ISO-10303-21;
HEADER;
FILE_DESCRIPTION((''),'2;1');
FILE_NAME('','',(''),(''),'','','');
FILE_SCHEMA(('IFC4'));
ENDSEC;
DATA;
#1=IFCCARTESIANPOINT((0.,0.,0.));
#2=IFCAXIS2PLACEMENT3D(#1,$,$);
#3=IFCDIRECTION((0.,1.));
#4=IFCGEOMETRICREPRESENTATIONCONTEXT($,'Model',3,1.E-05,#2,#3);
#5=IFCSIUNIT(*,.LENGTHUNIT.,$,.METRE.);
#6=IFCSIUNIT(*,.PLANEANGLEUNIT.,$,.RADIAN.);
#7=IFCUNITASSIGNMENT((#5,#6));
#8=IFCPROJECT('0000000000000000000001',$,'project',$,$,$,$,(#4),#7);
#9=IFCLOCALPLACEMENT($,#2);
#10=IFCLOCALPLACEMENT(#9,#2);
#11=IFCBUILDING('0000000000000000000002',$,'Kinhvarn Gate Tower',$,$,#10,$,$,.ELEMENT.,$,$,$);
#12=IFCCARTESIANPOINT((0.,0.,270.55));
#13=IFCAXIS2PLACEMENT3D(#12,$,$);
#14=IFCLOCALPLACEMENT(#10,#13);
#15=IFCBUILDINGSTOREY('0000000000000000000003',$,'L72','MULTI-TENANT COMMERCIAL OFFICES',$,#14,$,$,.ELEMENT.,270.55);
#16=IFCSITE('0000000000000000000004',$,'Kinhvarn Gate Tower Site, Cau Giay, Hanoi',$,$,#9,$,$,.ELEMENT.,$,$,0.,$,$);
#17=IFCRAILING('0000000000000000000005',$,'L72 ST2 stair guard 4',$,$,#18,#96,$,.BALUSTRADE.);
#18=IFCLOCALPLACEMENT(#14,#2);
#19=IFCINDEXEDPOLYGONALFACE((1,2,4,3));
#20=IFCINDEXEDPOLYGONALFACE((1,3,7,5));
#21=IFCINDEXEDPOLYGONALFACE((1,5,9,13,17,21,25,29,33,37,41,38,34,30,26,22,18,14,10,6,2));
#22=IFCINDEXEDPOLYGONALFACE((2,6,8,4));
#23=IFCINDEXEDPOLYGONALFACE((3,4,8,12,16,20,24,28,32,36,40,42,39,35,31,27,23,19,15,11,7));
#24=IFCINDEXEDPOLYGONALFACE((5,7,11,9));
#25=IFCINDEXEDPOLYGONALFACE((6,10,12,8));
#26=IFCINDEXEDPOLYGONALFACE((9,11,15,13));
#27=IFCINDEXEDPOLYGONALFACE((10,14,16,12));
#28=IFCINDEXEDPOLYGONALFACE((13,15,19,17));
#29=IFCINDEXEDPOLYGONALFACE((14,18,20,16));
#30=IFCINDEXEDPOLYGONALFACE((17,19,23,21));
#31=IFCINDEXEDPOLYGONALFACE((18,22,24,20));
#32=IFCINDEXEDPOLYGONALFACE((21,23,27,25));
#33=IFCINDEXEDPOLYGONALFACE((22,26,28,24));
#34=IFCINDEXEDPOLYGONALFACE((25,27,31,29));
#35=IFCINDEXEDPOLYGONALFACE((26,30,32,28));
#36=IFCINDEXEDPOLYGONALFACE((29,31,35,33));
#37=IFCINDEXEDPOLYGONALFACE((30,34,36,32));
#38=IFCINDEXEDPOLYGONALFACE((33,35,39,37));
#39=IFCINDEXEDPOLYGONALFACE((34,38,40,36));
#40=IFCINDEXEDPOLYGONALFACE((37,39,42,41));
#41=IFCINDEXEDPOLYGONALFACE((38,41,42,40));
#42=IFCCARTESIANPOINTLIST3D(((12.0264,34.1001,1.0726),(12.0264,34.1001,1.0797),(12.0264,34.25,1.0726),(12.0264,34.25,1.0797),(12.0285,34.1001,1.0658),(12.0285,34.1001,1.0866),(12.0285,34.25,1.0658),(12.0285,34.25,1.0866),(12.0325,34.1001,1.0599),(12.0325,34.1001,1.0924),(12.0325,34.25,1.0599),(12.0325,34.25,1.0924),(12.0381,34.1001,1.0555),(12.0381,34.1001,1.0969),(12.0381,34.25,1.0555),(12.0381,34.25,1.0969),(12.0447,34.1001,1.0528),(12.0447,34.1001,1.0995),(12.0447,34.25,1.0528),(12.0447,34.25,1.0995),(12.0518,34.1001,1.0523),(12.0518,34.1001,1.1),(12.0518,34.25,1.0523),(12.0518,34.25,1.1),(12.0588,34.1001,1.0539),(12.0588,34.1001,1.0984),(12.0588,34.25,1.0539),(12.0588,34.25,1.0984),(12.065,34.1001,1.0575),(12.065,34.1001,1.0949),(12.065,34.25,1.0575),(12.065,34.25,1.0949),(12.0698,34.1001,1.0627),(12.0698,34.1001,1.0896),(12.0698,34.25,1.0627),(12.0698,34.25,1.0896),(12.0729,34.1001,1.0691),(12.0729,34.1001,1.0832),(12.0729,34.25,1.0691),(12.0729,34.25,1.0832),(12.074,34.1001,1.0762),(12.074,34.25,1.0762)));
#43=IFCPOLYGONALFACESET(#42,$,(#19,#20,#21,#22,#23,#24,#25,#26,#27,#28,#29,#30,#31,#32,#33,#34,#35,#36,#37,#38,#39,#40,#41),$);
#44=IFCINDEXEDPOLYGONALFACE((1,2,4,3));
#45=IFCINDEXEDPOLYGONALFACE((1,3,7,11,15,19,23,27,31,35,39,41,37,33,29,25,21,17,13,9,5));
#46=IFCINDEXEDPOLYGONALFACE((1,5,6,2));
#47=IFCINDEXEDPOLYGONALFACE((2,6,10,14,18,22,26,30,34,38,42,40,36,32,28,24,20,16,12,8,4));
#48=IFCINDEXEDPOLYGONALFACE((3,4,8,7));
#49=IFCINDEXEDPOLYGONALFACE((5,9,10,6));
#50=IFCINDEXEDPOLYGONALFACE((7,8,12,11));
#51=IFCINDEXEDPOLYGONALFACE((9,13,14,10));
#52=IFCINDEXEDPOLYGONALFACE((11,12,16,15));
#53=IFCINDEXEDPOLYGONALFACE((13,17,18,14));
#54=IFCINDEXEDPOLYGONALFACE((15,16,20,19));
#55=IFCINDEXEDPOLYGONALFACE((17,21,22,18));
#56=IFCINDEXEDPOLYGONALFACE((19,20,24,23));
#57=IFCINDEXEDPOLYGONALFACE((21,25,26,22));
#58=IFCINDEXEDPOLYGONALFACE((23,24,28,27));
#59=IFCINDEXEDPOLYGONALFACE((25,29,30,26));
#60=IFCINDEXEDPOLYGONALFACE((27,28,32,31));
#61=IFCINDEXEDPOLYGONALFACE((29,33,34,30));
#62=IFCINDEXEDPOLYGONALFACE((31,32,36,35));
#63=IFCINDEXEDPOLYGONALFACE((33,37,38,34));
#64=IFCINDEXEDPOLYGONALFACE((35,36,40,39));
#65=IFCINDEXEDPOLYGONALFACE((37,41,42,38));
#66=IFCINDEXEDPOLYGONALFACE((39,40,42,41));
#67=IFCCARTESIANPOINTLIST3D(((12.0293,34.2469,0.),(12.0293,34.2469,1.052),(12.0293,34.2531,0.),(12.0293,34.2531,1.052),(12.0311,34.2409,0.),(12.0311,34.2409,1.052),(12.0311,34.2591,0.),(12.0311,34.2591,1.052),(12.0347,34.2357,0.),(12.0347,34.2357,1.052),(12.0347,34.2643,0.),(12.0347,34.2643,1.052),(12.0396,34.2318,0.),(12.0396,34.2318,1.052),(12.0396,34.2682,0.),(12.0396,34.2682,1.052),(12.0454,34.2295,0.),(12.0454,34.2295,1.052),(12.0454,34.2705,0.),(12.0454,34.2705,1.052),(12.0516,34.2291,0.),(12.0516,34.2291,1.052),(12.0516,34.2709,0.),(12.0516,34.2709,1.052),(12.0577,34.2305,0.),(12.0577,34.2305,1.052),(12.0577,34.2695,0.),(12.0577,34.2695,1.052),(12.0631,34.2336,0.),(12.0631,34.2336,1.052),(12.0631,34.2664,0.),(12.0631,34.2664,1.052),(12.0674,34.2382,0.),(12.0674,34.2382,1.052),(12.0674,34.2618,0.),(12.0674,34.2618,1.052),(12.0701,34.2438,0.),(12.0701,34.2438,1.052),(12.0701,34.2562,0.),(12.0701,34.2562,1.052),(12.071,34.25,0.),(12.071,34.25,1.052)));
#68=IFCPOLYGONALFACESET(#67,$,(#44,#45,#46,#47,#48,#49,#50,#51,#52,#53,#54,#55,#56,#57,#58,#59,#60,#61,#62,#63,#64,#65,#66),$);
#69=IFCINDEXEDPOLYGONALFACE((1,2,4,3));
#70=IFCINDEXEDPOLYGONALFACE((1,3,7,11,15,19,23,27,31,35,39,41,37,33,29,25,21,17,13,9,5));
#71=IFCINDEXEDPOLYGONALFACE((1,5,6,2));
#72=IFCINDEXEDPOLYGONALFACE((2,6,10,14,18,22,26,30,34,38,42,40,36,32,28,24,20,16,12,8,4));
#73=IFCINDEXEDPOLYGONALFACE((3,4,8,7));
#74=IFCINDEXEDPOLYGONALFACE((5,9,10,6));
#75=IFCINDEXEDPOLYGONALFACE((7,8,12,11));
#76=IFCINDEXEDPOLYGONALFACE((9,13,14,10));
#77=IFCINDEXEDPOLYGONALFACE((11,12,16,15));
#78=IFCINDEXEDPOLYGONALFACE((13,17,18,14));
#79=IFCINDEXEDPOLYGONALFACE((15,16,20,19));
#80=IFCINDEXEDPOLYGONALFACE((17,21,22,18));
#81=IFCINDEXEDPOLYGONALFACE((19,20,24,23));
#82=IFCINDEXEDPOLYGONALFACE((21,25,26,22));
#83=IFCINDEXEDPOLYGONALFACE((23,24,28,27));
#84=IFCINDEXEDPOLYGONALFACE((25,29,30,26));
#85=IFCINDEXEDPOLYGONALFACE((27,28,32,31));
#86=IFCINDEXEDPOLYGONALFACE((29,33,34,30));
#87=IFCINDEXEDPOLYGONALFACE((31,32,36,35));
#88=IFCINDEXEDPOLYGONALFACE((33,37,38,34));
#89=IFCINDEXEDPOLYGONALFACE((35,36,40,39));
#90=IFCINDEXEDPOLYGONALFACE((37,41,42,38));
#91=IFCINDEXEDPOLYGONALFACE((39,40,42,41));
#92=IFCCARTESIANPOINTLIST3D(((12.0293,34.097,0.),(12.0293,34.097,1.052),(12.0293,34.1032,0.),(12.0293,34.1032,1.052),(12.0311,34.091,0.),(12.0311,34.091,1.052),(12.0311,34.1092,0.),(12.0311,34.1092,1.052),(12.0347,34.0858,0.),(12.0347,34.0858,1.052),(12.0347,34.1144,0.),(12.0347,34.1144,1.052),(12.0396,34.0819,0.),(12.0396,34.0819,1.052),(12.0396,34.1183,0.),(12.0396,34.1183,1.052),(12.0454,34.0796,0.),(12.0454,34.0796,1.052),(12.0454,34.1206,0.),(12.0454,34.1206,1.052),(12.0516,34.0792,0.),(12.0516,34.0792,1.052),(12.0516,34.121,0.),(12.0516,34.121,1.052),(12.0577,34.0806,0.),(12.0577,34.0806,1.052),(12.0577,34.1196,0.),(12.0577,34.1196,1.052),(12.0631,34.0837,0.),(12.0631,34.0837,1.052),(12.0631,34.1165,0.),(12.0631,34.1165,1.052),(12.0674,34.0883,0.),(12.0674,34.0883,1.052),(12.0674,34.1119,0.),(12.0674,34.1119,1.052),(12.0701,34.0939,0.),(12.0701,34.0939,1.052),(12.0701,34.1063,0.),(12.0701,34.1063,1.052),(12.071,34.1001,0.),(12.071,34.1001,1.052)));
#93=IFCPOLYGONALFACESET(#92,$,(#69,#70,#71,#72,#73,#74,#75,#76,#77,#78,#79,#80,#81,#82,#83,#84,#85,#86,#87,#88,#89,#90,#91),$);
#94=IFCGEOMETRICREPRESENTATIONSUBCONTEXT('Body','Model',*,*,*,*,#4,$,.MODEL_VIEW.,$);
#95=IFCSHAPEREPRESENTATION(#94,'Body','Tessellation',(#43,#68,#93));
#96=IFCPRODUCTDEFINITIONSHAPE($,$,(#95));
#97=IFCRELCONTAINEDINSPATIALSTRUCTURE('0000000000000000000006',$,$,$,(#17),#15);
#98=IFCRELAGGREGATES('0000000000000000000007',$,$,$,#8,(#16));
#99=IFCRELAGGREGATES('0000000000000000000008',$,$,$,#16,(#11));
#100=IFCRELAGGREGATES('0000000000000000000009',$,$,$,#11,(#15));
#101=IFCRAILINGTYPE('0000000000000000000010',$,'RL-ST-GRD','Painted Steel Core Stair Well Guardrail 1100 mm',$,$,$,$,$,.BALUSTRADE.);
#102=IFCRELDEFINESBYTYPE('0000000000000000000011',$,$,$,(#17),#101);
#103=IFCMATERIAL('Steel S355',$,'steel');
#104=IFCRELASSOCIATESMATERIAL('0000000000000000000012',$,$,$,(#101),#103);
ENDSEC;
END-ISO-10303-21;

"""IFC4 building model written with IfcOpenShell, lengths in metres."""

from ifc_helpers import new_model, si_unit, direction, frame, origin, origin_2d, place, context, subcontext, project, spatial, circle, extrude, material, type_object, element, save


model = new_model("IFC4")

# Units and contexts
model_context = context("Model", 3, precision=1e-05, world=origin(), true_north=direction((0.0, 1.0)))
body_context = subcontext(model_context, "Body", "Model", "MODEL_VIEW")
ifc_project = project(units=[si_unit("LENGTHUNIT", "METRE"), si_unit("PLANEANGLEUNIT", "RADIAN")], contexts=[model_context])

# Site, building, storey
site_placement = place(None, origin())
site = spatial("IfcSite", under=ifc_project, at=site_placement, Name="Kinhvarn Gate Tower Site, Cau Giay, Hanoi", CompositionType="ELEMENT", RefElevation=0.0)
building_placement = place(site_placement, origin())
building = spatial("IfcBuilding", under=site, at=building_placement, Name="Kinhvarn Gate Tower", CompositionType="ELEMENT")
storey_placement = place(building_placement, frame((0.0, 0.0, 270.55)))
storey = spatial("IfcBuildingStorey", under=building, at=storey_placement, Name="L72", Description="MULTI-TENANT COMMERCIAL OFFICES", CompositionType="ELEMENT", Elevation=270.55)

# Railing
ifc_material_1 = material(Name="Steel S355", Category="steel")
railing_type_1 = type_object("IfcRailingType", Name="RL-ST-GRD", Description="Painted Steel Core Stair Well Guardrail 1100 mm", PredefinedType="BALUSTRADE", material=ifc_material_1)
railing_1_placement = place(storey_placement, frame((12.05, 34.25, 0.0)))
element("IfcRailing", 1, at=railing_1_placement, inside=storey, type_object=railing_type_1, Name="L72 ST2 stair guard 4", PredefinedType="BALUSTRADE", context=body_context, shape_type="SweptSolid", body=[
    extrude(circle(Radius=0.0239, at=origin_2d()), frame((0.0, 0.0, 1.0762), z_axis=(0.0, -1.0, 0.0), x_axis=(1.0, 0.0, 0.0)), (0.0, 0.0, 1.0), 0.1499),
    extrude(circle(Radius=0.021, at=origin_2d()), origin(), (0.0, 0.0, 1.0), 1.052),
    extrude(circle(Radius=0.021, at=origin_2d()), frame((0.0, -0.1499, 0.0)), (0.0, 0.0, 1.0), 1.052),
])

save(model, "model.ifc")
